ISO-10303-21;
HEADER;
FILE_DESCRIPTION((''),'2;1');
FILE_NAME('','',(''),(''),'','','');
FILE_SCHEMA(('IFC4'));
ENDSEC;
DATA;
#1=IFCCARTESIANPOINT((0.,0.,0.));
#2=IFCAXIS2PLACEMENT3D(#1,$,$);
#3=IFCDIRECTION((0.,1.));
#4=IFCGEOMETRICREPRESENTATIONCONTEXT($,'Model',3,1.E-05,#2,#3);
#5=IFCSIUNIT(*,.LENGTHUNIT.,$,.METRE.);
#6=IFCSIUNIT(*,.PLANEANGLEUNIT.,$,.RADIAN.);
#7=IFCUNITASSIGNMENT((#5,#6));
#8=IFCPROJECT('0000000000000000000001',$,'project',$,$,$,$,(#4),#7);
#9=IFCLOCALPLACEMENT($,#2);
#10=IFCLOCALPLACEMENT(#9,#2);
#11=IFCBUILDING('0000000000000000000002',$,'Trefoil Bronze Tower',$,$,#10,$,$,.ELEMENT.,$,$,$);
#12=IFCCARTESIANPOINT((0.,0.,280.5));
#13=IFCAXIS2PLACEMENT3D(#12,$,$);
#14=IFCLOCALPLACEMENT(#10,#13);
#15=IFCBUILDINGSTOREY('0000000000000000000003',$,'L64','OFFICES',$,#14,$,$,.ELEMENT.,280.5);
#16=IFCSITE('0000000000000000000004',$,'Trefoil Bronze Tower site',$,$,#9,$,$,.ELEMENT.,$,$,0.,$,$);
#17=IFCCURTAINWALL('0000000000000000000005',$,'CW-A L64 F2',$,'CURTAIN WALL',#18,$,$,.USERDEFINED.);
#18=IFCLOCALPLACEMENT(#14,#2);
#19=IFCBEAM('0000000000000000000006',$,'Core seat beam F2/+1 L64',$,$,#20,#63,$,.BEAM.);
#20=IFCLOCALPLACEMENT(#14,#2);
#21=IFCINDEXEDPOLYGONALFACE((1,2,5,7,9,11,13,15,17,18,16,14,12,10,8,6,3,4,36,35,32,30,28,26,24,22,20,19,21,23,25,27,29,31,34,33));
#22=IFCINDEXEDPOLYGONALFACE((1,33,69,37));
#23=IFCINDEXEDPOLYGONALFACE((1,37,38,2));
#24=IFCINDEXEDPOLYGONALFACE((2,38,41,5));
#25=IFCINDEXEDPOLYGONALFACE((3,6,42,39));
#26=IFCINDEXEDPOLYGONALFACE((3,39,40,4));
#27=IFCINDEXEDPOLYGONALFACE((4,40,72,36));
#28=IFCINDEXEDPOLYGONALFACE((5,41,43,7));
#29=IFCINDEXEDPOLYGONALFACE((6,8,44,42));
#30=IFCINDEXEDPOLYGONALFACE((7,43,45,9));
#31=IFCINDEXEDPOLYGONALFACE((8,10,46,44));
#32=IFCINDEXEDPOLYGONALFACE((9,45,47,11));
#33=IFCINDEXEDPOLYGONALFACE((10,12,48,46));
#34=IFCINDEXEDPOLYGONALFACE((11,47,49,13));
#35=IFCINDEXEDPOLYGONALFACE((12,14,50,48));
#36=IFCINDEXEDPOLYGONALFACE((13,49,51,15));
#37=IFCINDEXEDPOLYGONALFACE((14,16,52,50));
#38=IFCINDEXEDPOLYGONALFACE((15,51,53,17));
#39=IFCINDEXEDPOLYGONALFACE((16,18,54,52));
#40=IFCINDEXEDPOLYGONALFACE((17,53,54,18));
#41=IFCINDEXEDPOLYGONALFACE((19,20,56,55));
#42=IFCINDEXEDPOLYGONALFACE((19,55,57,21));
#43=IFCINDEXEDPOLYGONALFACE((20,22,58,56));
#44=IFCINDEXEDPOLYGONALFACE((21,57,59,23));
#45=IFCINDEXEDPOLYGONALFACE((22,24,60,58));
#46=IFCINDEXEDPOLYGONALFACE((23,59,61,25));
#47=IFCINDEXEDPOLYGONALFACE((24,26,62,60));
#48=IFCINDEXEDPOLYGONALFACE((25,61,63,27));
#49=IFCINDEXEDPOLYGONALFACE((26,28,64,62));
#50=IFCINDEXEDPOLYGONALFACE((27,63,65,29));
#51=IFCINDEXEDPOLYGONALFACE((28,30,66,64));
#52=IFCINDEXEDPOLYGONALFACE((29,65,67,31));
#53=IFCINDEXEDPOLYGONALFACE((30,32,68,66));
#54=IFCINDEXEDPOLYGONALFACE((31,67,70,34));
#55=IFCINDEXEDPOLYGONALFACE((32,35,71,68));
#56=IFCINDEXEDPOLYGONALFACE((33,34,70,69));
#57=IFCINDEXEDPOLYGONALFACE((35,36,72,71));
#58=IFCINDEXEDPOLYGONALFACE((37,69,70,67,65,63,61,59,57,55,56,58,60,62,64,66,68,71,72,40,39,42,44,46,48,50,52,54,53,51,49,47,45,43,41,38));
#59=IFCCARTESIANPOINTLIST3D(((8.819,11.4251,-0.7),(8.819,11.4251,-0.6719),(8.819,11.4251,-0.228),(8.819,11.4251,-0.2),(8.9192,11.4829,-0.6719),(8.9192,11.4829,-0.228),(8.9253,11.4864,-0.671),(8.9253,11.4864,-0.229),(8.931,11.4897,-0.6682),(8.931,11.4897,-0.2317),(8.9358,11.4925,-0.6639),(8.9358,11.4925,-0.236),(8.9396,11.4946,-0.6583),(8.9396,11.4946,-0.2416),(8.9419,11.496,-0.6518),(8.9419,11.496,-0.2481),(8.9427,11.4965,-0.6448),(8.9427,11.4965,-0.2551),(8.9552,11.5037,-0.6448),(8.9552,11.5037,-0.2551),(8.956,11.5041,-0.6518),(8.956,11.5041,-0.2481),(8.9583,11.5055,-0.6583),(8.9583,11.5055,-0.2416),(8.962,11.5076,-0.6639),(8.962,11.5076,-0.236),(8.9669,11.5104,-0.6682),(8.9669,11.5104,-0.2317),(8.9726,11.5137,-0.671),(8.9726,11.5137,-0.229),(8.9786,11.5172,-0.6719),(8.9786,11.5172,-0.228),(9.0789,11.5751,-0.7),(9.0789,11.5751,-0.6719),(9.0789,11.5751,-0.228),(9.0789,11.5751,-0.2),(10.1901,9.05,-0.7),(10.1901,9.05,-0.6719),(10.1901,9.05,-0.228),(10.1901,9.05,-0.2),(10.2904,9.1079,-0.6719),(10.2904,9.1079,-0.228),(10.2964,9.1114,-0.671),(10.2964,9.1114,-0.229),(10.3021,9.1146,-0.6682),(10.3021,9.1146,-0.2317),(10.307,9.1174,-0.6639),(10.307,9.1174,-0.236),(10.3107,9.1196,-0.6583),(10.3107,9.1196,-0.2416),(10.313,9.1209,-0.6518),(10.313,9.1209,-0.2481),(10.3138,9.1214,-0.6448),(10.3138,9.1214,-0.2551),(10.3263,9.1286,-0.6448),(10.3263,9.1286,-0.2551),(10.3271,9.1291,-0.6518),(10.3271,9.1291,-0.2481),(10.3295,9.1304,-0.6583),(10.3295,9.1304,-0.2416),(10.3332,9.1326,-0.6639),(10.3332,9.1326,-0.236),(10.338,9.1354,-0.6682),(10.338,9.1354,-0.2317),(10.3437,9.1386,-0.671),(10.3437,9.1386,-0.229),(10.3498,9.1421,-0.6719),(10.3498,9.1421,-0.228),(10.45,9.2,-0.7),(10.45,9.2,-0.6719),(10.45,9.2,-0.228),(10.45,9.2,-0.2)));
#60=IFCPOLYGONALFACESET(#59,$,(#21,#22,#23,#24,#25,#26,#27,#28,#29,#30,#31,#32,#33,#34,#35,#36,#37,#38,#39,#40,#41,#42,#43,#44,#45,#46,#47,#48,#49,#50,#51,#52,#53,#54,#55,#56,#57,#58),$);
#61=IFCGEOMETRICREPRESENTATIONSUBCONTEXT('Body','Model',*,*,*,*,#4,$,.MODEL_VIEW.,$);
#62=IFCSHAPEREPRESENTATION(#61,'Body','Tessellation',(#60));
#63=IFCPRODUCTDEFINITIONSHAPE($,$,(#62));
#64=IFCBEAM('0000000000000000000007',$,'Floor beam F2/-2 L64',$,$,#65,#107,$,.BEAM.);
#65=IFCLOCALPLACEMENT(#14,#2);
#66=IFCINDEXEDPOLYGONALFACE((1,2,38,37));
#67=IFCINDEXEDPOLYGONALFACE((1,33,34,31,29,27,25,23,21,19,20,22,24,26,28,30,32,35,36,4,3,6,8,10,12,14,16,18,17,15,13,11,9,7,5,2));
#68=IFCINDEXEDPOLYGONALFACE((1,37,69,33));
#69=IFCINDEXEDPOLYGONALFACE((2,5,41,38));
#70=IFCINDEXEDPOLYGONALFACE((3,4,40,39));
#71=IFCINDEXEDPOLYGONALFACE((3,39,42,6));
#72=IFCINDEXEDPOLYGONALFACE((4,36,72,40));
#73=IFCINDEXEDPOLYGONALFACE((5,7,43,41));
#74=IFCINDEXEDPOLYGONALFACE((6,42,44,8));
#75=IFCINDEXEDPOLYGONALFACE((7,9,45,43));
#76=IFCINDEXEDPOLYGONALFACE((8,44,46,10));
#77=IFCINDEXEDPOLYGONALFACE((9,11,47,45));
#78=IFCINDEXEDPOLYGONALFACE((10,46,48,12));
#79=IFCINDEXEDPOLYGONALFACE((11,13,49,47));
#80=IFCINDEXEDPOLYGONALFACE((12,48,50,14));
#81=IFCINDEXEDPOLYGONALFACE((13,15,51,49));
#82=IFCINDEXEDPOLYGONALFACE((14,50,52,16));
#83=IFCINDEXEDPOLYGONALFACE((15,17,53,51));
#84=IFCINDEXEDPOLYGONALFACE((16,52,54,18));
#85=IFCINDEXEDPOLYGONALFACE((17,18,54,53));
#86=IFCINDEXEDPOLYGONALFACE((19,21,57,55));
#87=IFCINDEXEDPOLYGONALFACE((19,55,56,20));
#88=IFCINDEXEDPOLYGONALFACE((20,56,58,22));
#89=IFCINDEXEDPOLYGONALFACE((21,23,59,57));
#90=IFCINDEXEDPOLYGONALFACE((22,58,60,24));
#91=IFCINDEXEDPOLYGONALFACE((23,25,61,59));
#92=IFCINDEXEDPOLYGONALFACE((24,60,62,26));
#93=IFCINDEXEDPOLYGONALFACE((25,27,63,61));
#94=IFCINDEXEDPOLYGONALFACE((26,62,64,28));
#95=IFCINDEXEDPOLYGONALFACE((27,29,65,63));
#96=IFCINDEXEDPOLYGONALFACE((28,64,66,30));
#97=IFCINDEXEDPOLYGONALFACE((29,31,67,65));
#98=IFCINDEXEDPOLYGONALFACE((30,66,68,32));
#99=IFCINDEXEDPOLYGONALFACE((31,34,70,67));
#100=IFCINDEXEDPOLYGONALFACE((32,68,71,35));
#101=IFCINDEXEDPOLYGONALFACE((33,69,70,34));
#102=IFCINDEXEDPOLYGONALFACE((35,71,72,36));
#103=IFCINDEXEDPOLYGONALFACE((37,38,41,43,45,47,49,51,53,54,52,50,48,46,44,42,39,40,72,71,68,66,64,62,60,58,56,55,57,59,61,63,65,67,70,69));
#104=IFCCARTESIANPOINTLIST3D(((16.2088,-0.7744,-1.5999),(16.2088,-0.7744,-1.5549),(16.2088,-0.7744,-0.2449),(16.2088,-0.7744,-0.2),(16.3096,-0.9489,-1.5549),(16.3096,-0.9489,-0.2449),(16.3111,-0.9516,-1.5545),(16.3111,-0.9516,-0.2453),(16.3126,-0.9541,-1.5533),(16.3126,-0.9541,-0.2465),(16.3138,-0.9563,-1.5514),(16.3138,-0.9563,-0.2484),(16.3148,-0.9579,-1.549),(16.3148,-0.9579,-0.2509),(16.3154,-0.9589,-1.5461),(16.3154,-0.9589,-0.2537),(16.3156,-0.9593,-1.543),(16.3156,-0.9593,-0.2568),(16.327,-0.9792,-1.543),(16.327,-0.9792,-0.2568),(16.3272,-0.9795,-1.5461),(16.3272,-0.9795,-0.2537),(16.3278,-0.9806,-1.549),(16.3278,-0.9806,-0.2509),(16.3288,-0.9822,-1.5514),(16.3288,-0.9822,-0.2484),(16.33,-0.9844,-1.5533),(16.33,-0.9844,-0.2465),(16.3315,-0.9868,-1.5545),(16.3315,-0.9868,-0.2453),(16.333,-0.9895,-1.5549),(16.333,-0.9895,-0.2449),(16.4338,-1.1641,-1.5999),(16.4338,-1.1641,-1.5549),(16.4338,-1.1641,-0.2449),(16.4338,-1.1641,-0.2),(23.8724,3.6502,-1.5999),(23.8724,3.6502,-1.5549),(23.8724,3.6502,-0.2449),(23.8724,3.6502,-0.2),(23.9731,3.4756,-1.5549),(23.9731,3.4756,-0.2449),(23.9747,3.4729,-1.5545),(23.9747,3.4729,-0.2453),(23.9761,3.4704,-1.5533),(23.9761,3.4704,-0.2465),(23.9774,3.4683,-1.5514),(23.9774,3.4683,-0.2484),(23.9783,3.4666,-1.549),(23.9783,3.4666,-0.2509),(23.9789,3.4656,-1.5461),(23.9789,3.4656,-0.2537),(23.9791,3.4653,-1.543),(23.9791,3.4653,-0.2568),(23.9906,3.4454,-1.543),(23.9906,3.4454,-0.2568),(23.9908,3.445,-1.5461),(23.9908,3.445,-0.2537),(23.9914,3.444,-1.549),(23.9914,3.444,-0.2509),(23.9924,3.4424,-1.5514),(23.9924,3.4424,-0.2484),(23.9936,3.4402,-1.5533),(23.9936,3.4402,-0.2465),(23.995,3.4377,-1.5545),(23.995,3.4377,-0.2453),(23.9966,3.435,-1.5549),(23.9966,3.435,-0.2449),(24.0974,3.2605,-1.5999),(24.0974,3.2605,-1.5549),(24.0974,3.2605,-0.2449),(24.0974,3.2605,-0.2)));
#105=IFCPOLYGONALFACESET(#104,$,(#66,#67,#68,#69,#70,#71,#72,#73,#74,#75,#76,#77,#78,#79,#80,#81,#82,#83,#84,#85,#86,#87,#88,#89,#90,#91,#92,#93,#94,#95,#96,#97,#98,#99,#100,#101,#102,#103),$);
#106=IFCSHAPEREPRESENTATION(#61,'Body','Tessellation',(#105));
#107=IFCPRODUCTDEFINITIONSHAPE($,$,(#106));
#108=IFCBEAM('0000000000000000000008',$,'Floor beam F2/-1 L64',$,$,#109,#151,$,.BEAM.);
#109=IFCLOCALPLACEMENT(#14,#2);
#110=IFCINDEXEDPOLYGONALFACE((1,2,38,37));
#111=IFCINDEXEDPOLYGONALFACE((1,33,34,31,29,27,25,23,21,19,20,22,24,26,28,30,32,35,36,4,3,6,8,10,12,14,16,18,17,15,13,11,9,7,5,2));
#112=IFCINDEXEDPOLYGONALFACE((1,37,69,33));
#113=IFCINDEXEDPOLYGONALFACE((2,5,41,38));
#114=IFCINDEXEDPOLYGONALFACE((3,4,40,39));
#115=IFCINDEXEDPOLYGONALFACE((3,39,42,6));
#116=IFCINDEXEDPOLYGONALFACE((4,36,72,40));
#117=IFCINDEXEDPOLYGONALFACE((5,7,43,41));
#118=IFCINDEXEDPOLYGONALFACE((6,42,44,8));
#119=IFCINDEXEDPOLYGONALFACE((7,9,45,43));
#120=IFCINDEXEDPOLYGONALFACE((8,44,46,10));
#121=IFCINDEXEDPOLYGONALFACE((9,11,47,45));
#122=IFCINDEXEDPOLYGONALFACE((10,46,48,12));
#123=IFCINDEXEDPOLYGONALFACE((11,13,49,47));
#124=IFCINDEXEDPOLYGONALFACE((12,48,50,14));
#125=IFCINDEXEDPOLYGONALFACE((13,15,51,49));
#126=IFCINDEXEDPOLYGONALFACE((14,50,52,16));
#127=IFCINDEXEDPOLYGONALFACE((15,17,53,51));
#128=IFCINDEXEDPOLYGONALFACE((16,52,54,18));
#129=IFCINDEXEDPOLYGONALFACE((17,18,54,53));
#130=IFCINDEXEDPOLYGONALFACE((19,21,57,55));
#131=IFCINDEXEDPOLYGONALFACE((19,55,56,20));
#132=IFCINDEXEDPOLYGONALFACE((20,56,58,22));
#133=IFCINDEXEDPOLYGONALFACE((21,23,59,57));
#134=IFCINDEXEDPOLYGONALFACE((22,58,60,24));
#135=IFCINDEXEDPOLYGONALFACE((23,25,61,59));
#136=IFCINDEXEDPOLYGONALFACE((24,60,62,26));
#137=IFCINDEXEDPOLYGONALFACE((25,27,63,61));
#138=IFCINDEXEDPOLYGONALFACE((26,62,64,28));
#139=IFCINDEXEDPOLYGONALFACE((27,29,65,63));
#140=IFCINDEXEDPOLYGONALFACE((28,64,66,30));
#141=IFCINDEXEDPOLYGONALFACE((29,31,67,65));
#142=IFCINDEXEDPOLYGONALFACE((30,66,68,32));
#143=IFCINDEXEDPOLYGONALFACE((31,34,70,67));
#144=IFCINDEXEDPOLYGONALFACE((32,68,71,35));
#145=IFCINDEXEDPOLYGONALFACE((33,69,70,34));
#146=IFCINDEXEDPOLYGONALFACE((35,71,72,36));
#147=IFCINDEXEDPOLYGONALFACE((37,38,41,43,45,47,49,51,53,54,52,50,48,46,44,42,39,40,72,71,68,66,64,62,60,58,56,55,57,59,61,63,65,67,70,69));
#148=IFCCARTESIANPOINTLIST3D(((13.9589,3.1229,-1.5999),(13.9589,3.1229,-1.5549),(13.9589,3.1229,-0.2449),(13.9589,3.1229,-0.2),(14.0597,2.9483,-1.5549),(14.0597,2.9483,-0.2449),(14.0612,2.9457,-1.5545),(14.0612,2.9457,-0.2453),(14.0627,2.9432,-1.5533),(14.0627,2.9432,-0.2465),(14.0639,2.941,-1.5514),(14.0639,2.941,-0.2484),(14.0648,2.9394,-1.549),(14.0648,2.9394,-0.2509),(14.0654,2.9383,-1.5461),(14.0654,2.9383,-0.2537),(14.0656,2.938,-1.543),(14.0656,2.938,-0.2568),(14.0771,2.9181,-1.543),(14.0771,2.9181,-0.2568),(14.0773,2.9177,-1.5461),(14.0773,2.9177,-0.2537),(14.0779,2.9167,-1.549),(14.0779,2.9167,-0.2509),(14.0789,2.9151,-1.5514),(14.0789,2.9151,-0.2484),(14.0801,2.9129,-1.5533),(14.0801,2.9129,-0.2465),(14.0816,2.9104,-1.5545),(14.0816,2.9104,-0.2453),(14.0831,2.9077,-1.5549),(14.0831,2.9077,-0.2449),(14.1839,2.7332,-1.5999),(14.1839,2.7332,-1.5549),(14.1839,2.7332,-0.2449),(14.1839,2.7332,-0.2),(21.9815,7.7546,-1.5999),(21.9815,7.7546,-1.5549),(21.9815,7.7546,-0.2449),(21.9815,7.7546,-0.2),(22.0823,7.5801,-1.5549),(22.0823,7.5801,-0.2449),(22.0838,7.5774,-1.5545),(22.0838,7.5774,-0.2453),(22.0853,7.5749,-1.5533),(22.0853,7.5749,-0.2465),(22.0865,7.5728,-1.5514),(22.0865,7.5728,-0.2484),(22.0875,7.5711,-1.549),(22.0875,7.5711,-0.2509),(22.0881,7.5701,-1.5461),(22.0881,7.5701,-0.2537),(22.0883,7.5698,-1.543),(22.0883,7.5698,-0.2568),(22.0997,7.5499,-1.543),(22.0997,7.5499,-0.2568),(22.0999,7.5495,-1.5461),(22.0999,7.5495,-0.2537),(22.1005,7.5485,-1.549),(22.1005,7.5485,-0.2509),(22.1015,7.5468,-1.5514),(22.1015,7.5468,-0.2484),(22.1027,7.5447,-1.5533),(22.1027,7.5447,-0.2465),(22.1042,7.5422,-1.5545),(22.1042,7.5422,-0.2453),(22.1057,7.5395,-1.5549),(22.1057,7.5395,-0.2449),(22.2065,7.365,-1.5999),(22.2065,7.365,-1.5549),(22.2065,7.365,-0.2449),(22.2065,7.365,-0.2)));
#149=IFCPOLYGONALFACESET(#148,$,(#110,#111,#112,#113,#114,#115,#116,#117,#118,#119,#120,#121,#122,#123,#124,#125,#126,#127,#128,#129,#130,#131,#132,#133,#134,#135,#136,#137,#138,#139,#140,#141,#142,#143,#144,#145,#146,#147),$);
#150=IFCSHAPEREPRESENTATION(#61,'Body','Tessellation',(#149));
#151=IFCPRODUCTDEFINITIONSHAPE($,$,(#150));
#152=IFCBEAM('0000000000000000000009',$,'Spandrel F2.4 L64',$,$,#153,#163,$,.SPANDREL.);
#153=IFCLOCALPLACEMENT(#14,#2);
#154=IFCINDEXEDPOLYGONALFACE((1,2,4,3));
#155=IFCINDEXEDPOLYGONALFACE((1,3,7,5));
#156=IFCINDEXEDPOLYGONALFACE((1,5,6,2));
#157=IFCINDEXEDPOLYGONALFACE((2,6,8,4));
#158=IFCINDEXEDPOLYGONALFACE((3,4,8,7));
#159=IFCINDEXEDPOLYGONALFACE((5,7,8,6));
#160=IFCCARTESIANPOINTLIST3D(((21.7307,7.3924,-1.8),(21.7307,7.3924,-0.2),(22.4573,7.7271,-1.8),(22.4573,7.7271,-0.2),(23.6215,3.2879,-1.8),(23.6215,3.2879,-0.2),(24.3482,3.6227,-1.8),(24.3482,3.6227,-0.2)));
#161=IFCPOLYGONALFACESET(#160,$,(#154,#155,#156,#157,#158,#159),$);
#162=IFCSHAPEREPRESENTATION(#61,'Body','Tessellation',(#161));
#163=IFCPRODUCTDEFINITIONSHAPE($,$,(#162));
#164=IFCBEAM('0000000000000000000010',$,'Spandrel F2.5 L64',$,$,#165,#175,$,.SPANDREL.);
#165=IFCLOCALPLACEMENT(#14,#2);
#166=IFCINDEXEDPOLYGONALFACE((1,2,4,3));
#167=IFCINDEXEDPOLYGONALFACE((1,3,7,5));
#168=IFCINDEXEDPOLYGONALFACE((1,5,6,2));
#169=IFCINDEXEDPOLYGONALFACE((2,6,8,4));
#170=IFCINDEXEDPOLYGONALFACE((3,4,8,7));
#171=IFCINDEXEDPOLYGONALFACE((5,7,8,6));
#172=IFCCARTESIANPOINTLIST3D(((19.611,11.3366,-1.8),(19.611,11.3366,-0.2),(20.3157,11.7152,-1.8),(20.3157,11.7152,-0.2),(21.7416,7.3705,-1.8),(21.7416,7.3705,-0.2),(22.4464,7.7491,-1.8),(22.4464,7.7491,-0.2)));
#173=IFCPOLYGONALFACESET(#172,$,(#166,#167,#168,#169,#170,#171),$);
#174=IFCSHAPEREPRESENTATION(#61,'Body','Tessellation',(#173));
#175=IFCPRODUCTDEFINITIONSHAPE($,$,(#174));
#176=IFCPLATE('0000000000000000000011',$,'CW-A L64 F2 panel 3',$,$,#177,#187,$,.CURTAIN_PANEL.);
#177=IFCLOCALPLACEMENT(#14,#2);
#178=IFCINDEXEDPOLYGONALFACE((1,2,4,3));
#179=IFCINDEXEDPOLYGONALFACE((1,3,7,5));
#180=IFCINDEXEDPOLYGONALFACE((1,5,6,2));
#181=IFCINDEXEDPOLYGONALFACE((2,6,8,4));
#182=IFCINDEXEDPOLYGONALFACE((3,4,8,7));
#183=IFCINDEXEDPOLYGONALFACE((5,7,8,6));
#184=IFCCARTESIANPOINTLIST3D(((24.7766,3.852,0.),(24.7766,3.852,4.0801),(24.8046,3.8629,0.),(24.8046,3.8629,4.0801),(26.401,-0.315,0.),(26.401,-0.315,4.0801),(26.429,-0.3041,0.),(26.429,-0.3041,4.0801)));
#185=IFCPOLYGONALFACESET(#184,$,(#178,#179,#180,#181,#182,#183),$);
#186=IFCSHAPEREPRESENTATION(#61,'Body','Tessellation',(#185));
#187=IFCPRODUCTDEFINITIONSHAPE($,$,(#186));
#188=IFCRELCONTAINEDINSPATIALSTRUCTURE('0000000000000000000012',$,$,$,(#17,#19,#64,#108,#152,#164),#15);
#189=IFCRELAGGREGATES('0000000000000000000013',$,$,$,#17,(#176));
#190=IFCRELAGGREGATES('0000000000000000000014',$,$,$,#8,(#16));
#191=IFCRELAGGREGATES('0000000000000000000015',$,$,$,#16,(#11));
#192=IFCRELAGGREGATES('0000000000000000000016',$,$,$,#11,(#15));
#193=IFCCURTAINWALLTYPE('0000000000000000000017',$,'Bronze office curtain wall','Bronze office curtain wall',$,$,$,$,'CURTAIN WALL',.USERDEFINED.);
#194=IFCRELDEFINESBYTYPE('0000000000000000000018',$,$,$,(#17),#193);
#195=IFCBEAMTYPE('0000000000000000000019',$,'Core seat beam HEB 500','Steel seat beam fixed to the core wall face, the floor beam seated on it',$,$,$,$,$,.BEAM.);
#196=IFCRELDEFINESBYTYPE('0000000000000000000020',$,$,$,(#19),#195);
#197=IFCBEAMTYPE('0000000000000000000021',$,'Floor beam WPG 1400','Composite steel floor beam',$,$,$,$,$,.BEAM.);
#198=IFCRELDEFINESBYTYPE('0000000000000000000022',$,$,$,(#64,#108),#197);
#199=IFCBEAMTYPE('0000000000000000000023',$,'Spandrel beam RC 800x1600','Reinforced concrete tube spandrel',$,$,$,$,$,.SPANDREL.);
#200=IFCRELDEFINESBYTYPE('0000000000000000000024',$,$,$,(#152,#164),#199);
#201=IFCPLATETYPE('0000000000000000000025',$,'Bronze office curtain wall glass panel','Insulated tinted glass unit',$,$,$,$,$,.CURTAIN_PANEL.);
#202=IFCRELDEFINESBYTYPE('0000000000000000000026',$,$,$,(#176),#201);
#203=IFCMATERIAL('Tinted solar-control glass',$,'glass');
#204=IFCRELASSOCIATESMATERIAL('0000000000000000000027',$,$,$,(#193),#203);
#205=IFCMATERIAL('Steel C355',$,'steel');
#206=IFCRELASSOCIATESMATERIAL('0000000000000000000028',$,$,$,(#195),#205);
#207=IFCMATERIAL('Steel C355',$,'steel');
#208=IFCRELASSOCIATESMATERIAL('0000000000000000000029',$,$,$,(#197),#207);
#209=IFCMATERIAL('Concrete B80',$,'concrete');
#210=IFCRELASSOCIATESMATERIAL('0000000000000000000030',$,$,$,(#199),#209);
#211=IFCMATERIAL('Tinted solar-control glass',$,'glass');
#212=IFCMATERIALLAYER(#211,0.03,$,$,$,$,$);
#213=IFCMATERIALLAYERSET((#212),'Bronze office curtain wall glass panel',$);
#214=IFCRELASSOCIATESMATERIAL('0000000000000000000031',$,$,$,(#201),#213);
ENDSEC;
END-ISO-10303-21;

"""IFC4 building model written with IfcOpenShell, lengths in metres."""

from ifc_helpers import new_model, si_unit, direction, frame, origin, origin_2d, place, context, subcontext, project, spatial, rectangle, i_section, extrude, material, layer, layer_set, material_profile, profile_set, type_object, element, aggregate, save


model = new_model("IFC4")

# Units and contexts
model_context = context("Model", 3, precision=1e-05, world=origin(), true_north=direction((0.0, 1.0)))
body_context = subcontext(model_context, "Body", "Model", "MODEL_VIEW")
ifc_project = project(units=[si_unit("LENGTHUNIT", "METRE"), si_unit("PLANEANGLEUNIT", "RADIAN")], contexts=[model_context])

# Site, building, storey
site_placement = place(None, origin())
site = spatial("IfcSite", under=ifc_project, at=site_placement, Name="Trefoil Bronze Tower site", CompositionType="ELEMENT", RefElevation=0.0)
building_placement = place(site_placement, origin())
building = spatial("IfcBuilding", under=site, at=building_placement, Name="Trefoil Bronze Tower", CompositionType="ELEMENT")
storey_placement = place(building_placement, frame((0.0, 0.0, 280.5)))
storey = spatial("IfcBuildingStorey", under=building, at=storey_placement, Name="L64", Description="OFFICES", CompositionType="ELEMENT", Elevation=280.5)

# Curtain wall
ifc_material_1 = material(Name="Tinted solar-control glass", Category="glass")
curtain_wall_type = type_object("IfcCurtainWallType", Name="Bronze office curtain wall", Description="Bronze office curtain wall", ElementType="CURTAIN WALL", PredefinedType="USERDEFINED", material=ifc_material_1)
curtain_wall_placement = place(storey_placement, origin())
curtain_wall = element("IfcCurtainWall", 1, at=curtain_wall_placement, inside=storey, type_object=curtain_wall_type, Name="CW-A L64 F2", ObjectType="CURTAIN WALL", PredefinedType="USERDEFINED")

# Beams
ifc_material_2 = material(Name="Steel C355", Category="steel")
ifc_material_profile_1 = material_profile(ifc_material_2, i_section(OverallWidth=0.3, OverallDepth=0.5, WebThickness=0.0144, FlangeThickness=0.0281, FilletRadius=0.0271, at=origin_2d()), Name="HEB 500")
ifc_profile_set_1 = profile_set([ifc_material_profile_1], Name="Steel C355")
beam_type_1 = type_object("IfcBeamType", Name="Core seat beam HEB 500", Description="Steel seat beam fixed to the core wall face, the floor beam seated on it", PredefinedType="BEAM", material=ifc_profile_set_1)
for number, where, z_axis, x_axis, name in (
    (2, (10.3201, 9.125, -0.45), (-0.499969, 0.866043, 0.0), (-0.866043, -0.499969, 0.0), "Core seat beam F2/+1 L64"),
):
    element("IfcBeam", number, at=place(storey_placement, frame(where, z_axis=z_axis, x_axis=x_axis)), inside=storey, type_object=beam_type_1, Name=name, PredefinedType="BEAM", context=body_context, shape_type="SweptSolid", body=[
        extrude(i_section(OverallWidth=0.3, OverallDepth=0.5, WebThickness=0.0144, FlangeThickness=0.0281, FilletRadius=0.0271, at=origin_2d()), origin(), (0.0, 0.0, 1.0), 2.7424),
    ])
ifc_material_3 = material(Name="Steel C355", Category="steel")
ifc_material_profile_2 = material_profile(ifc_material_3, i_section(OverallWidth=0.45, OverallDepth=1.3999, WebThickness=0.0229, FlangeThickness=0.0449, FilletRadius=0.012, at=origin_2d()), Name="WPG 1400")
ifc_profile_set_2 = profile_set([ifc_material_profile_2], Name="Steel C355")
beam_type_2 = type_object("IfcBeamType", Name="Floor beam WPG 1400", Description="Composite steel floor beam", PredefinedType="BEAM", material=ifc_profile_set_2)
beam_1_placement = place(storey_placement, frame((23.9849, 3.4553, -0.8999), z_axis=(-0.866026, -0.499999, 0.0), x_axis=(0.499999, -0.866026, 0.0)))
element("IfcBeam", 3, at=beam_1_placement, inside=storey, type_object=beam_type_2, Name="Floor beam F2/-2 L64", PredefinedType="BEAM", context=body_context, shape_type="SweptSolid", body=[
    extrude(i_section(OverallWidth=0.45, OverallDepth=1.3999, WebThickness=0.0229, FlangeThickness=0.0449, FilletRadius=0.012, at=origin_2d()), origin(), (0.0, 0.0, 1.0), 8.8491),
])
beam_2_placement = place(storey_placement, frame((22.094, 7.5598, -0.8999), z_axis=(-0.866029, -0.499994, 0.0), x_axis=(0.499994, -0.866029, 0.0)))
element("IfcBeam", 4, at=beam_2_placement, inside=storey, type_object=beam_type_2, Name="Floor beam F2/-1 L64", PredefinedType="BEAM", context=body_context, shape_type="SweptSolid", body=[
    extrude(i_section(OverallWidth=0.45, OverallDepth=1.3999, WebThickness=0.0229, FlangeThickness=0.0449, FilletRadius=0.012, at=origin_2d()), origin(), (0.0, 0.0, 1.0), 9.2637),
])
ifc_material_4 = material(Name="Concrete B80", Category="concrete")
ifc_material_profile_3 = material_profile(ifc_material_4, rectangle(XDim=0.8, YDim=1.6001, at=origin_2d()), Name="RC 800x1600")
ifc_profile_set_3 = profile_set([ifc_material_profile_3], Name="Concrete B80")
beam_type_3 = type_object("IfcBeamType", Name="Spandrel beam RC 800x1600", Description="Reinforced concrete tube spandrel", PredefinedType="SPANDREL", material=ifc_profile_set_3)
beam_3_placement = place(storey_placement, frame((23.9849, 3.4553, -1.0), z_axis=(-0.418417, 0.908255, 0.0), x_axis=(-0.908255, -0.418417, 0.0)))
element("IfcBeam", 5, at=beam_3_placement, inside=storey, type_object=beam_type_3, Name="Spandrel F2.4 L64", PredefinedType="SPANDREL", context=body_context, shape_type="SweptSolid", body=[
    extrude(rectangle(XDim=0.8, YDim=1.6001, at=origin_2d()), origin(), (0.0, 0.0, 1.0), 4.519),
])
beam_4_placement = place(storey_placement, frame((22.094, 7.5598, -1.0), z_axis=(-0.473246, 0.88093, 0.0), x_axis=(-0.88093, -0.473246, 0.0)))
element("IfcBeam", 6, at=beam_4_placement, inside=storey, type_object=beam_type_3, Name="Spandrel F2.5 L64", PredefinedType="SPANDREL", context=body_context, shape_type="SweptSolid", body=[
    extrude(rectangle(XDim=0.8, YDim=1.6001, at=origin_2d()), origin(), (0.0, 0.0, 1.0), 4.5022),
])

# Plate
ifc_material_5 = material(Name="Tinted solar-control glass", Category="glass")
ifc_layer_1 = layer(ifc_material_5, 0.03)
ifc_layer_set_1 = layer_set([ifc_layer_1], Name="Bronze office curtain wall glass panel")
plate_type = type_object("IfcPlateType", Name="Bronze office curtain wall glass panel", Description="Insulated tinted glass unit", PredefinedType="CURTAIN_PANEL", material=ifc_layer_set_1)
plate_1_placement = place(storey_placement, frame((25.6028, 1.7739, 0.0), z_axis=(0.0, 0.0, 1.0), x_axis=(-0.363199, 0.931712, 0.0)))
plate_1 = element("IfcPlate", 7, at=plate_1_placement, type_object=plate_type, Name="CW-A L64 F2 panel 3", PredefinedType="CURTAIN_PANEL", context=body_context, shape_type="SweptSolid", body=[
    extrude(rectangle(XDim=4.4724, YDim=0.03, at=origin_2d()), origin(), (0.0, 0.0, 1.0), 4.0801),
])
aggregate(curtain_wall, [plate_1])

save(model, "model.ifc")
